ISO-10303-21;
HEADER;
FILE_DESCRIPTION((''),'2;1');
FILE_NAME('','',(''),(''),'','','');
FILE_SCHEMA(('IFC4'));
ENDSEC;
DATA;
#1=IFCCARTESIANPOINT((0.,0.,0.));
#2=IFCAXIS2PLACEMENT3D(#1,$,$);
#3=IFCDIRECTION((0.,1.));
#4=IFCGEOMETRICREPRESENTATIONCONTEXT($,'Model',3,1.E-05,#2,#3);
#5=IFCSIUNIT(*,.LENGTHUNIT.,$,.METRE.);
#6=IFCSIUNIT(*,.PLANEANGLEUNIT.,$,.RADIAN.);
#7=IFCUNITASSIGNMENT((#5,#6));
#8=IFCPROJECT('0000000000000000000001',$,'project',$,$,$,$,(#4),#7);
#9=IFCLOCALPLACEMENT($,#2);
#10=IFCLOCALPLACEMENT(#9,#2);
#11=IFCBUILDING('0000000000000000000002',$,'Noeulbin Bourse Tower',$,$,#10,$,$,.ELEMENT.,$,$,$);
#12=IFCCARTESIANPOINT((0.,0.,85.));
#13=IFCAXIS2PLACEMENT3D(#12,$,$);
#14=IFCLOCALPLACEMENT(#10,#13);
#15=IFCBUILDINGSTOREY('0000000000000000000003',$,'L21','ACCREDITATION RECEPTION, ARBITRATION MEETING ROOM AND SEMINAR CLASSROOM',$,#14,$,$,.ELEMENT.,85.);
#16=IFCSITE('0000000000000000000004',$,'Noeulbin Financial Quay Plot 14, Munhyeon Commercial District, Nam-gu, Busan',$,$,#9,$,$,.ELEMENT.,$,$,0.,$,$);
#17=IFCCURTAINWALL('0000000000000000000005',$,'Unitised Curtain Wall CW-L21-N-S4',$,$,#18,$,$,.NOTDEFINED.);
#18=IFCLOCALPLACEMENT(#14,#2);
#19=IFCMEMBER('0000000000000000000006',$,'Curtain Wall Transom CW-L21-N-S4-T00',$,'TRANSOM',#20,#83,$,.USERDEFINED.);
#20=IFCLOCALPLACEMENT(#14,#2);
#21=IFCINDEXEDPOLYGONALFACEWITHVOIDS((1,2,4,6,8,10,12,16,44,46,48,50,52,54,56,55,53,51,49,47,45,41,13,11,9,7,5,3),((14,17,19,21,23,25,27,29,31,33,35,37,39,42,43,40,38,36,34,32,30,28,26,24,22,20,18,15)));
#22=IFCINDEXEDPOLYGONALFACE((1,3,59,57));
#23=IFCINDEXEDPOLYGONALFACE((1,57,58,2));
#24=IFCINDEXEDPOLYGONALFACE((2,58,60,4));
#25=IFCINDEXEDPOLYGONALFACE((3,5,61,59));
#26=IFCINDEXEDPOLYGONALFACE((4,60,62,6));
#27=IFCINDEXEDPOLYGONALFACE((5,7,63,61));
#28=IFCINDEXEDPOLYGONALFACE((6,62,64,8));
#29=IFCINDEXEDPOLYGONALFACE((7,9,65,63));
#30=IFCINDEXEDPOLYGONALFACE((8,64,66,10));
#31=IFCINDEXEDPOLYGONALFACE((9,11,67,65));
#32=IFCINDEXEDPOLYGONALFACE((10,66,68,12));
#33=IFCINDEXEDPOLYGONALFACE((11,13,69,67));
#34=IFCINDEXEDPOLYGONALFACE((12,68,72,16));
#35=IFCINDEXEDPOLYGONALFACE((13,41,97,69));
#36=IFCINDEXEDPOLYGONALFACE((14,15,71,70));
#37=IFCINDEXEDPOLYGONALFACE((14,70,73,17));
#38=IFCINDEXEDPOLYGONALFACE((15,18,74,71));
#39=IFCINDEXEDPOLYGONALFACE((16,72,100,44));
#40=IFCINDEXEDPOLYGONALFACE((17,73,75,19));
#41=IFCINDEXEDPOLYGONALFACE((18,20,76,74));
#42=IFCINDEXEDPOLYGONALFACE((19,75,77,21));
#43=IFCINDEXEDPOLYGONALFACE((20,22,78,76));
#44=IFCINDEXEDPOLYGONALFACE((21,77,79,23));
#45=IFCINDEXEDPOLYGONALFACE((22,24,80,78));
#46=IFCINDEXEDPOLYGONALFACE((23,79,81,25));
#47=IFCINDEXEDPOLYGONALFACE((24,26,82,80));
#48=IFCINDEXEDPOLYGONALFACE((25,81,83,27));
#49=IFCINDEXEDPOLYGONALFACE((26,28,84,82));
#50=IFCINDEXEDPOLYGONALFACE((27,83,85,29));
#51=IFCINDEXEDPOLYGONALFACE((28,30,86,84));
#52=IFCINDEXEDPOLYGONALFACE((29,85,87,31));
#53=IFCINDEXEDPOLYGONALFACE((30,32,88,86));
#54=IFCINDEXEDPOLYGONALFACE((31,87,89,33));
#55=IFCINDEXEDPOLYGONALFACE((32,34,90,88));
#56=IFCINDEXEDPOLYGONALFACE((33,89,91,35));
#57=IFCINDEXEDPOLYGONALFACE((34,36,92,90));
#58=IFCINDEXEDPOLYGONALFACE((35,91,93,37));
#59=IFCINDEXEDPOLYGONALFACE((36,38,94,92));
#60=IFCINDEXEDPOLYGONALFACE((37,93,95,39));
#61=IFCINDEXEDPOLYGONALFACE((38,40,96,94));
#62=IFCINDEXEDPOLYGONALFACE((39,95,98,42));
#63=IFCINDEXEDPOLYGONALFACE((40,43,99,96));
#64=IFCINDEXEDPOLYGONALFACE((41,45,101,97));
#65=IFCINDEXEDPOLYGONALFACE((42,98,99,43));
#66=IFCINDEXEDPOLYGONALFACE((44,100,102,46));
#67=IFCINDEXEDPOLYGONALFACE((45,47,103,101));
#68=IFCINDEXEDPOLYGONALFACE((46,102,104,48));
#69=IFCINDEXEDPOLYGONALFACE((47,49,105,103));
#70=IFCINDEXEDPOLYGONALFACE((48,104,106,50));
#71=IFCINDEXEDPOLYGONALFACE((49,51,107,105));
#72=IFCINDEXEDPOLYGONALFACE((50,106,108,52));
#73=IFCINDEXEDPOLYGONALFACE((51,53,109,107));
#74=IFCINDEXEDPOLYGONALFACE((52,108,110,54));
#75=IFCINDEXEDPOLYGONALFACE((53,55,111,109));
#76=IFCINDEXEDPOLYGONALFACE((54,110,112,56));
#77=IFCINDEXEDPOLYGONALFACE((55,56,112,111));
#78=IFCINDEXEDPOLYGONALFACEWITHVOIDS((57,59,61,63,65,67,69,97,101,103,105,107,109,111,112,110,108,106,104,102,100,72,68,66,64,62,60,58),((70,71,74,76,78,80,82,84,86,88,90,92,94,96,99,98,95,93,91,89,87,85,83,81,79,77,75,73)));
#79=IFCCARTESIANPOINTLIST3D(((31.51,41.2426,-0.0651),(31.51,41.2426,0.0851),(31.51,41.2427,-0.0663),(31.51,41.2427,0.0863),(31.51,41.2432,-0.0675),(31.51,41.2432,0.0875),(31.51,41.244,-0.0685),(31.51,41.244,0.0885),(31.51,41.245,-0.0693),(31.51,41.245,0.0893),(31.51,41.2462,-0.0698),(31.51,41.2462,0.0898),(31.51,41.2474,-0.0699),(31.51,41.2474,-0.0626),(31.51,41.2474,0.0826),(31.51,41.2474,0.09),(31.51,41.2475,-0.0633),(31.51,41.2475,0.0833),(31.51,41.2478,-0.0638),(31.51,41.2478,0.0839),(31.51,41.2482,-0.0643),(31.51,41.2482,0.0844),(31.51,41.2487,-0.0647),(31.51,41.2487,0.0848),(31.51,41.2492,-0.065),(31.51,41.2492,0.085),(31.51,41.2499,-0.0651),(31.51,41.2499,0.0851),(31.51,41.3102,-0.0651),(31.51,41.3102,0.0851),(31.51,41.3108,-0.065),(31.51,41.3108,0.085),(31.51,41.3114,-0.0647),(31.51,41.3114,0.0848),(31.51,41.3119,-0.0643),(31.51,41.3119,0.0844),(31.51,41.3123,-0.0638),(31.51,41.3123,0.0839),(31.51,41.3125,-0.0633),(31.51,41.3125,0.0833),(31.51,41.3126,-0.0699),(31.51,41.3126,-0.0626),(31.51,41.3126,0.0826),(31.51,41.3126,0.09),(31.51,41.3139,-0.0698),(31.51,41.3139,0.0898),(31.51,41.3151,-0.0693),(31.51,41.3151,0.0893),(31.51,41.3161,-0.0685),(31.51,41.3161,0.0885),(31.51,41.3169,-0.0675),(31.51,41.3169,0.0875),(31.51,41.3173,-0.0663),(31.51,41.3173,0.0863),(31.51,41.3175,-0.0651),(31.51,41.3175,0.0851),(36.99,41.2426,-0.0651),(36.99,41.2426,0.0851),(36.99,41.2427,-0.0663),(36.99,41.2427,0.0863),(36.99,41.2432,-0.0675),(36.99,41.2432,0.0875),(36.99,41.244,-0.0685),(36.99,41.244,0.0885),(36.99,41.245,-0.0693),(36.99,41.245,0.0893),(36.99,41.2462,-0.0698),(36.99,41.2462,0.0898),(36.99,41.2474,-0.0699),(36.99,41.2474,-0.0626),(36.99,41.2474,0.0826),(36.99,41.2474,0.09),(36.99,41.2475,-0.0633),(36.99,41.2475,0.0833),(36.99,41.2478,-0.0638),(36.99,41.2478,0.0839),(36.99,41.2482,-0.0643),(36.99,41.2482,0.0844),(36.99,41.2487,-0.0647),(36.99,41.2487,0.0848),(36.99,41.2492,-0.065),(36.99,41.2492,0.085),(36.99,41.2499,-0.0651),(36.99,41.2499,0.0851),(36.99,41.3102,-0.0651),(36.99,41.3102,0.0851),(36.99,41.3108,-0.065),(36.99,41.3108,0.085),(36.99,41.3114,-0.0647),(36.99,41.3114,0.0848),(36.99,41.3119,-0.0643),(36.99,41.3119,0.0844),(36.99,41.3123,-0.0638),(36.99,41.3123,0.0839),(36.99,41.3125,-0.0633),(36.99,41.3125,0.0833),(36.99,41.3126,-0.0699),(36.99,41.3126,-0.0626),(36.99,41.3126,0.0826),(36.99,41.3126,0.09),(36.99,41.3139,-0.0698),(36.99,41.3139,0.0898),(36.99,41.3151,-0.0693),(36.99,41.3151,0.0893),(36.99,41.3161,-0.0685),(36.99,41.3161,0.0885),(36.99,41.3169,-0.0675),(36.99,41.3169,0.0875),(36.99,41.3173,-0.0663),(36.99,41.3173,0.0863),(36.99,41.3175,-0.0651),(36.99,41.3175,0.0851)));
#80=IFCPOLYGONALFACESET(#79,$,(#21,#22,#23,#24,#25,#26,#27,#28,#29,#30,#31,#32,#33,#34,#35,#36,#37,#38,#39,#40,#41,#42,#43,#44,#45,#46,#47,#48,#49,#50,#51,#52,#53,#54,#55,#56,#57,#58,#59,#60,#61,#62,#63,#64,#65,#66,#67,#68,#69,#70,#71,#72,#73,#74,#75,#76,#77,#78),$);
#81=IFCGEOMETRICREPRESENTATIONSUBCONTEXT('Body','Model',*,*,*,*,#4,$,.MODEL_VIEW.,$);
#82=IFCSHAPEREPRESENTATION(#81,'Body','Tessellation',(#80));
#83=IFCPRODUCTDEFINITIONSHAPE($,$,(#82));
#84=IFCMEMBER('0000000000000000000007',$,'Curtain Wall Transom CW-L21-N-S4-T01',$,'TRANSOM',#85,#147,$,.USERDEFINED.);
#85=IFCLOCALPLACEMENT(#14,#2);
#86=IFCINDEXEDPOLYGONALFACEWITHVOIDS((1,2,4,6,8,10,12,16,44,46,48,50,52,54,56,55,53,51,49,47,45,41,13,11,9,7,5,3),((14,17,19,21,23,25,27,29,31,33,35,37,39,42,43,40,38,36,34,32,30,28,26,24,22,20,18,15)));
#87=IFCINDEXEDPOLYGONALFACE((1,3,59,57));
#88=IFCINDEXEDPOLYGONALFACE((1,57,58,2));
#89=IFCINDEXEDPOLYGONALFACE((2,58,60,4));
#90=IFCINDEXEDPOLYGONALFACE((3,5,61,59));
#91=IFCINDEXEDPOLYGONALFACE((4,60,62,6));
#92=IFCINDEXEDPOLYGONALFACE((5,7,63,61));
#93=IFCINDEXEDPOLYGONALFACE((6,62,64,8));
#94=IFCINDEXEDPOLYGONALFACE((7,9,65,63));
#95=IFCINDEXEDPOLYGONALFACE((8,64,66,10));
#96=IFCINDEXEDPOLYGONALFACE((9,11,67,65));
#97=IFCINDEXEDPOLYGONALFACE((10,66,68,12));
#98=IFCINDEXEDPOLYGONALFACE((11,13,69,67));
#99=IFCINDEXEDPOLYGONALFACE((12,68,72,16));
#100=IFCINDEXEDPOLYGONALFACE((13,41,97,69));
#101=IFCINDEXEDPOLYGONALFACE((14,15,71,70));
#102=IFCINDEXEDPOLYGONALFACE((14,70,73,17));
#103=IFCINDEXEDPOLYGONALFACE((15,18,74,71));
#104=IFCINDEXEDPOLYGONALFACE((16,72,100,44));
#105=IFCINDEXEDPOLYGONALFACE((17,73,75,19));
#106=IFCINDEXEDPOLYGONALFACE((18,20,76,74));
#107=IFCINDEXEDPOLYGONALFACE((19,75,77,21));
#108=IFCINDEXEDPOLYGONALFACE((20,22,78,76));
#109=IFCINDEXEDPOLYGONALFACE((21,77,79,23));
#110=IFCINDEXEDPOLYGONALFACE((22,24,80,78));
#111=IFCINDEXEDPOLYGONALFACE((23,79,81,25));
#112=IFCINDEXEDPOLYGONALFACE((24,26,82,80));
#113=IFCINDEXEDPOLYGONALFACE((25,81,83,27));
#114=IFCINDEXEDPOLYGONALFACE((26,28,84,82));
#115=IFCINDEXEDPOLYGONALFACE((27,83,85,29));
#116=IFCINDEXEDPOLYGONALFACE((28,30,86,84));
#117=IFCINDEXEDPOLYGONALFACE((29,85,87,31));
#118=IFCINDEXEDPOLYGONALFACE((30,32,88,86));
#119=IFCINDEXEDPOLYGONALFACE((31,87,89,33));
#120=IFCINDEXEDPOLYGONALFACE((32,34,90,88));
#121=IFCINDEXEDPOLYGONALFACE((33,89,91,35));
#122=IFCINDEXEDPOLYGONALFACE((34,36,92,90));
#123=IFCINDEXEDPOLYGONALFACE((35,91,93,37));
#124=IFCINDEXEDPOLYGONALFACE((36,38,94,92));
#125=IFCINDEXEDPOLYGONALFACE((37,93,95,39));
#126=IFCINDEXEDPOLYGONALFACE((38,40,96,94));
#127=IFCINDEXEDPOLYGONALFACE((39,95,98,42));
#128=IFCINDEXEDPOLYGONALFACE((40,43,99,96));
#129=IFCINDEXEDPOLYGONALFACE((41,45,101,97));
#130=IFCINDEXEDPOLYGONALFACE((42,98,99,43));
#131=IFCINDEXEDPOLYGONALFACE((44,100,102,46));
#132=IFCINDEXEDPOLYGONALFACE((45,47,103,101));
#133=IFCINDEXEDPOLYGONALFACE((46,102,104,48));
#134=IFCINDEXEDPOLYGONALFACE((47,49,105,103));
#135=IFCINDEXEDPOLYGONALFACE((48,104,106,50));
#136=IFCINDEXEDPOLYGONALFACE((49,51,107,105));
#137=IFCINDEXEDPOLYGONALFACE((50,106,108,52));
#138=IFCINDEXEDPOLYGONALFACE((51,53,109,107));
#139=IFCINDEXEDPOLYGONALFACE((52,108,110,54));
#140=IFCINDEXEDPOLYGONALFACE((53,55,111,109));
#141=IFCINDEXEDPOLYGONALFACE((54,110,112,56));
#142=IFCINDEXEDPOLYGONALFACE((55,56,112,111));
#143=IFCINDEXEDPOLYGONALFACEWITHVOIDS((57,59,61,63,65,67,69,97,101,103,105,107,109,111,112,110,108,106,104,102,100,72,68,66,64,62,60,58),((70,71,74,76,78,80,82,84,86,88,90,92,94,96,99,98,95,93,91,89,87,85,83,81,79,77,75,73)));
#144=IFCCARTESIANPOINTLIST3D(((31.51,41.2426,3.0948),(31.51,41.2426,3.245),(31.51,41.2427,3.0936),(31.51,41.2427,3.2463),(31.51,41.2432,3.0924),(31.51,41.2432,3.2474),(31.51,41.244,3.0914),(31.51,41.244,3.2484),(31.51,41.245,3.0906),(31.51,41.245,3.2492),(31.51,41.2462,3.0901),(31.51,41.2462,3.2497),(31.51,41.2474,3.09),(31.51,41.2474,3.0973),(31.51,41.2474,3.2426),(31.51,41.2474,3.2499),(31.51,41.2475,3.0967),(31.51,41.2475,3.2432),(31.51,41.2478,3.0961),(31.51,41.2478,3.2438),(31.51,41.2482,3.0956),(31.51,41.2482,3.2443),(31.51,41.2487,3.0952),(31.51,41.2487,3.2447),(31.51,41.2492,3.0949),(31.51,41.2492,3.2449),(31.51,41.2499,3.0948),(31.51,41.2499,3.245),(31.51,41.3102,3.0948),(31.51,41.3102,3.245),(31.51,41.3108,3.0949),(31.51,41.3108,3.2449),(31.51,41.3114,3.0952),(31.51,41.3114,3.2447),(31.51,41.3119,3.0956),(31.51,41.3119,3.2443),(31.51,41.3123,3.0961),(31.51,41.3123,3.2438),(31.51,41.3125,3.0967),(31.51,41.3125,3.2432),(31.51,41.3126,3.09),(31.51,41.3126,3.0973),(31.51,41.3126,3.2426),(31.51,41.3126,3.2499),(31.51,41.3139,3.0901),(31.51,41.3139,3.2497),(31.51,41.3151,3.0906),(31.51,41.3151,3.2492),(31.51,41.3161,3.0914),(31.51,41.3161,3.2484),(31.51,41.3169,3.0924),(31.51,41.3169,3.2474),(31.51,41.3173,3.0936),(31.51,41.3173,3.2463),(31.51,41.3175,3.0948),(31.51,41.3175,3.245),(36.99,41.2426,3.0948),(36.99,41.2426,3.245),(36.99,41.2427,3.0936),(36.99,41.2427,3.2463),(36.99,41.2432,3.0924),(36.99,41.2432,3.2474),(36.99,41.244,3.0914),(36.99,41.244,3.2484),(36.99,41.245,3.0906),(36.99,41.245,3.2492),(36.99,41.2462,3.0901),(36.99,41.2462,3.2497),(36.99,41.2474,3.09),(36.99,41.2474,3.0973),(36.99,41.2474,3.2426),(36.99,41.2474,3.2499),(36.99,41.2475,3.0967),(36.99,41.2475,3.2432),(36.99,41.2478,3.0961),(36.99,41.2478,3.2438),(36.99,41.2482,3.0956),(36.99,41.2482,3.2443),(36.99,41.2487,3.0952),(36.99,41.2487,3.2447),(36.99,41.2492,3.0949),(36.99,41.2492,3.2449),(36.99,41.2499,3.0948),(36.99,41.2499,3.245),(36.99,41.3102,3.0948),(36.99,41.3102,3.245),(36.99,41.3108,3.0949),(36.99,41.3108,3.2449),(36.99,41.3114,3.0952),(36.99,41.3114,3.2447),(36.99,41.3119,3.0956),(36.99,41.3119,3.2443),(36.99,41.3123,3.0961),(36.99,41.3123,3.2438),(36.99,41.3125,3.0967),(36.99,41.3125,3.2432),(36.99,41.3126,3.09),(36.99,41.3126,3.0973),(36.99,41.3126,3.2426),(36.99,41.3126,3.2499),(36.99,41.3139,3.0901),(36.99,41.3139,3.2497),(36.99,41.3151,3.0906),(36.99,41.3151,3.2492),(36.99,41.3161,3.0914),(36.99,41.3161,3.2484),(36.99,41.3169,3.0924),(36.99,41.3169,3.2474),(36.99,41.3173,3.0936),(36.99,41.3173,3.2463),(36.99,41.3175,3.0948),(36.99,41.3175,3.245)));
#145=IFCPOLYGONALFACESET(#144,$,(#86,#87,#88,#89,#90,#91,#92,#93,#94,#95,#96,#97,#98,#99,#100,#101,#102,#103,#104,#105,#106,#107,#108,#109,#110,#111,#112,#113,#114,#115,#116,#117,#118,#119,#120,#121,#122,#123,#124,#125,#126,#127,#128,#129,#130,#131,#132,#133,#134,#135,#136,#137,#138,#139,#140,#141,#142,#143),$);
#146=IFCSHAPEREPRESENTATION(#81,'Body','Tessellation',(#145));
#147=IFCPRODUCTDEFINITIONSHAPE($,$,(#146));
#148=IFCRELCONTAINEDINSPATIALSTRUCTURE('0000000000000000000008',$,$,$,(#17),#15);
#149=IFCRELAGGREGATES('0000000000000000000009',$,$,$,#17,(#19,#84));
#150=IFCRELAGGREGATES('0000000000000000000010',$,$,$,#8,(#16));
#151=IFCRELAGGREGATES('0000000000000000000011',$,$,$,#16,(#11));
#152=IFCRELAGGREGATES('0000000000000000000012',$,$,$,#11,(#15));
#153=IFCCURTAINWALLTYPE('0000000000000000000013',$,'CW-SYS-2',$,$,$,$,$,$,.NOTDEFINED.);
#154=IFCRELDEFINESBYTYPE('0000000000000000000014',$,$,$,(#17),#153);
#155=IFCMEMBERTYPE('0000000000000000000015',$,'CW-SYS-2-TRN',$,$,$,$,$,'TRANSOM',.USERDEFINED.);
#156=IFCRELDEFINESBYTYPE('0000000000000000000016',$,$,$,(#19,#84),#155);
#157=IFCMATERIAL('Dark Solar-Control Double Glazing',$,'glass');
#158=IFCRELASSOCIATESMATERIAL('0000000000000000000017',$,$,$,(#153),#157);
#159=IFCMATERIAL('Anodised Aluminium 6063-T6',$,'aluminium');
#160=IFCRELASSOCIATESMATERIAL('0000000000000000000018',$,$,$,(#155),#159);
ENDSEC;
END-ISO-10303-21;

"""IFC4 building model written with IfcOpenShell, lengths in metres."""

from ifc_helpers import new_model, si_unit, direction, frame, origin, origin_2d, place, context, subcontext, project, spatial, hollow_rectangle, extrude, material, material_profile, profile_set, type_object, element, aggregate, save


model = new_model("IFC4")

# Units and contexts
model_context = context("Model", 3, precision=1e-05, world=origin(), true_north=direction((0.0, 1.0)))
body_context = subcontext(model_context, "Body", "Model", "MODEL_VIEW")
ifc_project = project(units=[si_unit("LENGTHUNIT", "METRE"), si_unit("PLANEANGLEUNIT", "RADIAN")], contexts=[model_context])

# Site, building, storey
site_placement = place(None, origin())
site = spatial("IfcSite", under=ifc_project, at=site_placement, Name="Noeulbin Financial Quay Plot 14, Munhyeon Commercial District, Nam-gu, Busan", CompositionType="ELEMENT", RefElevation=0.0)
building_placement = place(site_placement, origin())
building = spatial("IfcBuilding", under=site, at=building_placement, Name="Noeulbin Bourse Tower", CompositionType="ELEMENT")
storey_placement = place(building_placement, frame((0.0, 0.0, 85.0)))
storey = spatial("IfcBuildingStorey", under=building, at=storey_placement, Name="L21", Description="ACCREDITATION RECEPTION, ARBITRATION MEETING ROOM AND SEMINAR CLASSROOM", CompositionType="ELEMENT", Elevation=85.0)

# Shared definitions
ifc_material_1 = material(Name="Dark Solar-Control Double Glazing", Category="glass")
curtain_wall_type = type_object("IfcCurtainWallType", Name="CW-SYS-2", PredefinedType="NOTDEFINED", material=ifc_material_1)
ifc_material_2 = material(Name="Anodised Aluminium 6063-T6", Category="aluminium")

# Curtain wall
curtain_wall_1_placement = place(storey_placement, origin())
curtain_wall_1 = element("IfcCurtainWall", 1, at=curtain_wall_1_placement, inside=storey, type_object=curtain_wall_type, Name="Unitised Curtain Wall CW-L21-N-S4", PredefinedType="NOTDEFINED")

# Members
ifc_material_profile_1 = material_profile(ifc_material_2, hollow_rectangle(XDim=0.075, YDim=0.1599, WallThickness=0.0049, InnerFilletRadius=0.0024, OuterFilletRadius=0.0049, at=origin_2d()), Name="ALU-TRAN-75x160x5", Category="LoadBearing")
ifc_profile_set_1 = profile_set([ifc_material_profile_1], Name="Anodised Aluminium 6063-T6")
member_type_1 = type_object("IfcMemberType", Name="CW-SYS-2-TRN", ElementType="TRANSOM", PredefinedType="USERDEFINED", material=ifc_profile_set_1)
member_1_placement = place(storey_placement, frame((31.51, 41.28, 0.01), z_axis=(1.0, 0.0, 0.0), x_axis=(0.0, 1.0, 0.0)))
member_1 = element("IfcMember", 2, at=member_1_placement, type_object=member_type_1, Name="Curtain Wall Transom CW-L21-N-S4-T00", ObjectType="TRANSOM", PredefinedType="USERDEFINED", context=body_context, shape_type="SweptSolid", body=[
    extrude(hollow_rectangle(XDim=0.075, YDim=0.1599, WallThickness=0.0049, InnerFilletRadius=0.0024, OuterFilletRadius=0.0049, at=origin_2d()), origin(), (0.0, 0.0, 1.0), 5.48),
])
member_2_placement = place(storey_placement, frame((31.51, 41.28, 3.1699), z_axis=(1.0, 0.0, 0.0), x_axis=(0.0, 1.0, 0.0)))
member_2 = element("IfcMember", 3, at=member_2_placement, type_object=member_type_1, Name="Curtain Wall Transom CW-L21-N-S4-T01", ObjectType="TRANSOM", PredefinedType="USERDEFINED", context=body_context, shape_type="SweptSolid", body=[
    extrude(hollow_rectangle(XDim=0.075, YDim=0.1599, WallThickness=0.0049, InnerFilletRadius=0.0024, OuterFilletRadius=0.0049, at=origin_2d()), origin(), (0.0, 0.0, 1.0), 5.48),
])

aggregate(curtain_wall_1, [member_1, member_2])

save(model, "model.ifc")
